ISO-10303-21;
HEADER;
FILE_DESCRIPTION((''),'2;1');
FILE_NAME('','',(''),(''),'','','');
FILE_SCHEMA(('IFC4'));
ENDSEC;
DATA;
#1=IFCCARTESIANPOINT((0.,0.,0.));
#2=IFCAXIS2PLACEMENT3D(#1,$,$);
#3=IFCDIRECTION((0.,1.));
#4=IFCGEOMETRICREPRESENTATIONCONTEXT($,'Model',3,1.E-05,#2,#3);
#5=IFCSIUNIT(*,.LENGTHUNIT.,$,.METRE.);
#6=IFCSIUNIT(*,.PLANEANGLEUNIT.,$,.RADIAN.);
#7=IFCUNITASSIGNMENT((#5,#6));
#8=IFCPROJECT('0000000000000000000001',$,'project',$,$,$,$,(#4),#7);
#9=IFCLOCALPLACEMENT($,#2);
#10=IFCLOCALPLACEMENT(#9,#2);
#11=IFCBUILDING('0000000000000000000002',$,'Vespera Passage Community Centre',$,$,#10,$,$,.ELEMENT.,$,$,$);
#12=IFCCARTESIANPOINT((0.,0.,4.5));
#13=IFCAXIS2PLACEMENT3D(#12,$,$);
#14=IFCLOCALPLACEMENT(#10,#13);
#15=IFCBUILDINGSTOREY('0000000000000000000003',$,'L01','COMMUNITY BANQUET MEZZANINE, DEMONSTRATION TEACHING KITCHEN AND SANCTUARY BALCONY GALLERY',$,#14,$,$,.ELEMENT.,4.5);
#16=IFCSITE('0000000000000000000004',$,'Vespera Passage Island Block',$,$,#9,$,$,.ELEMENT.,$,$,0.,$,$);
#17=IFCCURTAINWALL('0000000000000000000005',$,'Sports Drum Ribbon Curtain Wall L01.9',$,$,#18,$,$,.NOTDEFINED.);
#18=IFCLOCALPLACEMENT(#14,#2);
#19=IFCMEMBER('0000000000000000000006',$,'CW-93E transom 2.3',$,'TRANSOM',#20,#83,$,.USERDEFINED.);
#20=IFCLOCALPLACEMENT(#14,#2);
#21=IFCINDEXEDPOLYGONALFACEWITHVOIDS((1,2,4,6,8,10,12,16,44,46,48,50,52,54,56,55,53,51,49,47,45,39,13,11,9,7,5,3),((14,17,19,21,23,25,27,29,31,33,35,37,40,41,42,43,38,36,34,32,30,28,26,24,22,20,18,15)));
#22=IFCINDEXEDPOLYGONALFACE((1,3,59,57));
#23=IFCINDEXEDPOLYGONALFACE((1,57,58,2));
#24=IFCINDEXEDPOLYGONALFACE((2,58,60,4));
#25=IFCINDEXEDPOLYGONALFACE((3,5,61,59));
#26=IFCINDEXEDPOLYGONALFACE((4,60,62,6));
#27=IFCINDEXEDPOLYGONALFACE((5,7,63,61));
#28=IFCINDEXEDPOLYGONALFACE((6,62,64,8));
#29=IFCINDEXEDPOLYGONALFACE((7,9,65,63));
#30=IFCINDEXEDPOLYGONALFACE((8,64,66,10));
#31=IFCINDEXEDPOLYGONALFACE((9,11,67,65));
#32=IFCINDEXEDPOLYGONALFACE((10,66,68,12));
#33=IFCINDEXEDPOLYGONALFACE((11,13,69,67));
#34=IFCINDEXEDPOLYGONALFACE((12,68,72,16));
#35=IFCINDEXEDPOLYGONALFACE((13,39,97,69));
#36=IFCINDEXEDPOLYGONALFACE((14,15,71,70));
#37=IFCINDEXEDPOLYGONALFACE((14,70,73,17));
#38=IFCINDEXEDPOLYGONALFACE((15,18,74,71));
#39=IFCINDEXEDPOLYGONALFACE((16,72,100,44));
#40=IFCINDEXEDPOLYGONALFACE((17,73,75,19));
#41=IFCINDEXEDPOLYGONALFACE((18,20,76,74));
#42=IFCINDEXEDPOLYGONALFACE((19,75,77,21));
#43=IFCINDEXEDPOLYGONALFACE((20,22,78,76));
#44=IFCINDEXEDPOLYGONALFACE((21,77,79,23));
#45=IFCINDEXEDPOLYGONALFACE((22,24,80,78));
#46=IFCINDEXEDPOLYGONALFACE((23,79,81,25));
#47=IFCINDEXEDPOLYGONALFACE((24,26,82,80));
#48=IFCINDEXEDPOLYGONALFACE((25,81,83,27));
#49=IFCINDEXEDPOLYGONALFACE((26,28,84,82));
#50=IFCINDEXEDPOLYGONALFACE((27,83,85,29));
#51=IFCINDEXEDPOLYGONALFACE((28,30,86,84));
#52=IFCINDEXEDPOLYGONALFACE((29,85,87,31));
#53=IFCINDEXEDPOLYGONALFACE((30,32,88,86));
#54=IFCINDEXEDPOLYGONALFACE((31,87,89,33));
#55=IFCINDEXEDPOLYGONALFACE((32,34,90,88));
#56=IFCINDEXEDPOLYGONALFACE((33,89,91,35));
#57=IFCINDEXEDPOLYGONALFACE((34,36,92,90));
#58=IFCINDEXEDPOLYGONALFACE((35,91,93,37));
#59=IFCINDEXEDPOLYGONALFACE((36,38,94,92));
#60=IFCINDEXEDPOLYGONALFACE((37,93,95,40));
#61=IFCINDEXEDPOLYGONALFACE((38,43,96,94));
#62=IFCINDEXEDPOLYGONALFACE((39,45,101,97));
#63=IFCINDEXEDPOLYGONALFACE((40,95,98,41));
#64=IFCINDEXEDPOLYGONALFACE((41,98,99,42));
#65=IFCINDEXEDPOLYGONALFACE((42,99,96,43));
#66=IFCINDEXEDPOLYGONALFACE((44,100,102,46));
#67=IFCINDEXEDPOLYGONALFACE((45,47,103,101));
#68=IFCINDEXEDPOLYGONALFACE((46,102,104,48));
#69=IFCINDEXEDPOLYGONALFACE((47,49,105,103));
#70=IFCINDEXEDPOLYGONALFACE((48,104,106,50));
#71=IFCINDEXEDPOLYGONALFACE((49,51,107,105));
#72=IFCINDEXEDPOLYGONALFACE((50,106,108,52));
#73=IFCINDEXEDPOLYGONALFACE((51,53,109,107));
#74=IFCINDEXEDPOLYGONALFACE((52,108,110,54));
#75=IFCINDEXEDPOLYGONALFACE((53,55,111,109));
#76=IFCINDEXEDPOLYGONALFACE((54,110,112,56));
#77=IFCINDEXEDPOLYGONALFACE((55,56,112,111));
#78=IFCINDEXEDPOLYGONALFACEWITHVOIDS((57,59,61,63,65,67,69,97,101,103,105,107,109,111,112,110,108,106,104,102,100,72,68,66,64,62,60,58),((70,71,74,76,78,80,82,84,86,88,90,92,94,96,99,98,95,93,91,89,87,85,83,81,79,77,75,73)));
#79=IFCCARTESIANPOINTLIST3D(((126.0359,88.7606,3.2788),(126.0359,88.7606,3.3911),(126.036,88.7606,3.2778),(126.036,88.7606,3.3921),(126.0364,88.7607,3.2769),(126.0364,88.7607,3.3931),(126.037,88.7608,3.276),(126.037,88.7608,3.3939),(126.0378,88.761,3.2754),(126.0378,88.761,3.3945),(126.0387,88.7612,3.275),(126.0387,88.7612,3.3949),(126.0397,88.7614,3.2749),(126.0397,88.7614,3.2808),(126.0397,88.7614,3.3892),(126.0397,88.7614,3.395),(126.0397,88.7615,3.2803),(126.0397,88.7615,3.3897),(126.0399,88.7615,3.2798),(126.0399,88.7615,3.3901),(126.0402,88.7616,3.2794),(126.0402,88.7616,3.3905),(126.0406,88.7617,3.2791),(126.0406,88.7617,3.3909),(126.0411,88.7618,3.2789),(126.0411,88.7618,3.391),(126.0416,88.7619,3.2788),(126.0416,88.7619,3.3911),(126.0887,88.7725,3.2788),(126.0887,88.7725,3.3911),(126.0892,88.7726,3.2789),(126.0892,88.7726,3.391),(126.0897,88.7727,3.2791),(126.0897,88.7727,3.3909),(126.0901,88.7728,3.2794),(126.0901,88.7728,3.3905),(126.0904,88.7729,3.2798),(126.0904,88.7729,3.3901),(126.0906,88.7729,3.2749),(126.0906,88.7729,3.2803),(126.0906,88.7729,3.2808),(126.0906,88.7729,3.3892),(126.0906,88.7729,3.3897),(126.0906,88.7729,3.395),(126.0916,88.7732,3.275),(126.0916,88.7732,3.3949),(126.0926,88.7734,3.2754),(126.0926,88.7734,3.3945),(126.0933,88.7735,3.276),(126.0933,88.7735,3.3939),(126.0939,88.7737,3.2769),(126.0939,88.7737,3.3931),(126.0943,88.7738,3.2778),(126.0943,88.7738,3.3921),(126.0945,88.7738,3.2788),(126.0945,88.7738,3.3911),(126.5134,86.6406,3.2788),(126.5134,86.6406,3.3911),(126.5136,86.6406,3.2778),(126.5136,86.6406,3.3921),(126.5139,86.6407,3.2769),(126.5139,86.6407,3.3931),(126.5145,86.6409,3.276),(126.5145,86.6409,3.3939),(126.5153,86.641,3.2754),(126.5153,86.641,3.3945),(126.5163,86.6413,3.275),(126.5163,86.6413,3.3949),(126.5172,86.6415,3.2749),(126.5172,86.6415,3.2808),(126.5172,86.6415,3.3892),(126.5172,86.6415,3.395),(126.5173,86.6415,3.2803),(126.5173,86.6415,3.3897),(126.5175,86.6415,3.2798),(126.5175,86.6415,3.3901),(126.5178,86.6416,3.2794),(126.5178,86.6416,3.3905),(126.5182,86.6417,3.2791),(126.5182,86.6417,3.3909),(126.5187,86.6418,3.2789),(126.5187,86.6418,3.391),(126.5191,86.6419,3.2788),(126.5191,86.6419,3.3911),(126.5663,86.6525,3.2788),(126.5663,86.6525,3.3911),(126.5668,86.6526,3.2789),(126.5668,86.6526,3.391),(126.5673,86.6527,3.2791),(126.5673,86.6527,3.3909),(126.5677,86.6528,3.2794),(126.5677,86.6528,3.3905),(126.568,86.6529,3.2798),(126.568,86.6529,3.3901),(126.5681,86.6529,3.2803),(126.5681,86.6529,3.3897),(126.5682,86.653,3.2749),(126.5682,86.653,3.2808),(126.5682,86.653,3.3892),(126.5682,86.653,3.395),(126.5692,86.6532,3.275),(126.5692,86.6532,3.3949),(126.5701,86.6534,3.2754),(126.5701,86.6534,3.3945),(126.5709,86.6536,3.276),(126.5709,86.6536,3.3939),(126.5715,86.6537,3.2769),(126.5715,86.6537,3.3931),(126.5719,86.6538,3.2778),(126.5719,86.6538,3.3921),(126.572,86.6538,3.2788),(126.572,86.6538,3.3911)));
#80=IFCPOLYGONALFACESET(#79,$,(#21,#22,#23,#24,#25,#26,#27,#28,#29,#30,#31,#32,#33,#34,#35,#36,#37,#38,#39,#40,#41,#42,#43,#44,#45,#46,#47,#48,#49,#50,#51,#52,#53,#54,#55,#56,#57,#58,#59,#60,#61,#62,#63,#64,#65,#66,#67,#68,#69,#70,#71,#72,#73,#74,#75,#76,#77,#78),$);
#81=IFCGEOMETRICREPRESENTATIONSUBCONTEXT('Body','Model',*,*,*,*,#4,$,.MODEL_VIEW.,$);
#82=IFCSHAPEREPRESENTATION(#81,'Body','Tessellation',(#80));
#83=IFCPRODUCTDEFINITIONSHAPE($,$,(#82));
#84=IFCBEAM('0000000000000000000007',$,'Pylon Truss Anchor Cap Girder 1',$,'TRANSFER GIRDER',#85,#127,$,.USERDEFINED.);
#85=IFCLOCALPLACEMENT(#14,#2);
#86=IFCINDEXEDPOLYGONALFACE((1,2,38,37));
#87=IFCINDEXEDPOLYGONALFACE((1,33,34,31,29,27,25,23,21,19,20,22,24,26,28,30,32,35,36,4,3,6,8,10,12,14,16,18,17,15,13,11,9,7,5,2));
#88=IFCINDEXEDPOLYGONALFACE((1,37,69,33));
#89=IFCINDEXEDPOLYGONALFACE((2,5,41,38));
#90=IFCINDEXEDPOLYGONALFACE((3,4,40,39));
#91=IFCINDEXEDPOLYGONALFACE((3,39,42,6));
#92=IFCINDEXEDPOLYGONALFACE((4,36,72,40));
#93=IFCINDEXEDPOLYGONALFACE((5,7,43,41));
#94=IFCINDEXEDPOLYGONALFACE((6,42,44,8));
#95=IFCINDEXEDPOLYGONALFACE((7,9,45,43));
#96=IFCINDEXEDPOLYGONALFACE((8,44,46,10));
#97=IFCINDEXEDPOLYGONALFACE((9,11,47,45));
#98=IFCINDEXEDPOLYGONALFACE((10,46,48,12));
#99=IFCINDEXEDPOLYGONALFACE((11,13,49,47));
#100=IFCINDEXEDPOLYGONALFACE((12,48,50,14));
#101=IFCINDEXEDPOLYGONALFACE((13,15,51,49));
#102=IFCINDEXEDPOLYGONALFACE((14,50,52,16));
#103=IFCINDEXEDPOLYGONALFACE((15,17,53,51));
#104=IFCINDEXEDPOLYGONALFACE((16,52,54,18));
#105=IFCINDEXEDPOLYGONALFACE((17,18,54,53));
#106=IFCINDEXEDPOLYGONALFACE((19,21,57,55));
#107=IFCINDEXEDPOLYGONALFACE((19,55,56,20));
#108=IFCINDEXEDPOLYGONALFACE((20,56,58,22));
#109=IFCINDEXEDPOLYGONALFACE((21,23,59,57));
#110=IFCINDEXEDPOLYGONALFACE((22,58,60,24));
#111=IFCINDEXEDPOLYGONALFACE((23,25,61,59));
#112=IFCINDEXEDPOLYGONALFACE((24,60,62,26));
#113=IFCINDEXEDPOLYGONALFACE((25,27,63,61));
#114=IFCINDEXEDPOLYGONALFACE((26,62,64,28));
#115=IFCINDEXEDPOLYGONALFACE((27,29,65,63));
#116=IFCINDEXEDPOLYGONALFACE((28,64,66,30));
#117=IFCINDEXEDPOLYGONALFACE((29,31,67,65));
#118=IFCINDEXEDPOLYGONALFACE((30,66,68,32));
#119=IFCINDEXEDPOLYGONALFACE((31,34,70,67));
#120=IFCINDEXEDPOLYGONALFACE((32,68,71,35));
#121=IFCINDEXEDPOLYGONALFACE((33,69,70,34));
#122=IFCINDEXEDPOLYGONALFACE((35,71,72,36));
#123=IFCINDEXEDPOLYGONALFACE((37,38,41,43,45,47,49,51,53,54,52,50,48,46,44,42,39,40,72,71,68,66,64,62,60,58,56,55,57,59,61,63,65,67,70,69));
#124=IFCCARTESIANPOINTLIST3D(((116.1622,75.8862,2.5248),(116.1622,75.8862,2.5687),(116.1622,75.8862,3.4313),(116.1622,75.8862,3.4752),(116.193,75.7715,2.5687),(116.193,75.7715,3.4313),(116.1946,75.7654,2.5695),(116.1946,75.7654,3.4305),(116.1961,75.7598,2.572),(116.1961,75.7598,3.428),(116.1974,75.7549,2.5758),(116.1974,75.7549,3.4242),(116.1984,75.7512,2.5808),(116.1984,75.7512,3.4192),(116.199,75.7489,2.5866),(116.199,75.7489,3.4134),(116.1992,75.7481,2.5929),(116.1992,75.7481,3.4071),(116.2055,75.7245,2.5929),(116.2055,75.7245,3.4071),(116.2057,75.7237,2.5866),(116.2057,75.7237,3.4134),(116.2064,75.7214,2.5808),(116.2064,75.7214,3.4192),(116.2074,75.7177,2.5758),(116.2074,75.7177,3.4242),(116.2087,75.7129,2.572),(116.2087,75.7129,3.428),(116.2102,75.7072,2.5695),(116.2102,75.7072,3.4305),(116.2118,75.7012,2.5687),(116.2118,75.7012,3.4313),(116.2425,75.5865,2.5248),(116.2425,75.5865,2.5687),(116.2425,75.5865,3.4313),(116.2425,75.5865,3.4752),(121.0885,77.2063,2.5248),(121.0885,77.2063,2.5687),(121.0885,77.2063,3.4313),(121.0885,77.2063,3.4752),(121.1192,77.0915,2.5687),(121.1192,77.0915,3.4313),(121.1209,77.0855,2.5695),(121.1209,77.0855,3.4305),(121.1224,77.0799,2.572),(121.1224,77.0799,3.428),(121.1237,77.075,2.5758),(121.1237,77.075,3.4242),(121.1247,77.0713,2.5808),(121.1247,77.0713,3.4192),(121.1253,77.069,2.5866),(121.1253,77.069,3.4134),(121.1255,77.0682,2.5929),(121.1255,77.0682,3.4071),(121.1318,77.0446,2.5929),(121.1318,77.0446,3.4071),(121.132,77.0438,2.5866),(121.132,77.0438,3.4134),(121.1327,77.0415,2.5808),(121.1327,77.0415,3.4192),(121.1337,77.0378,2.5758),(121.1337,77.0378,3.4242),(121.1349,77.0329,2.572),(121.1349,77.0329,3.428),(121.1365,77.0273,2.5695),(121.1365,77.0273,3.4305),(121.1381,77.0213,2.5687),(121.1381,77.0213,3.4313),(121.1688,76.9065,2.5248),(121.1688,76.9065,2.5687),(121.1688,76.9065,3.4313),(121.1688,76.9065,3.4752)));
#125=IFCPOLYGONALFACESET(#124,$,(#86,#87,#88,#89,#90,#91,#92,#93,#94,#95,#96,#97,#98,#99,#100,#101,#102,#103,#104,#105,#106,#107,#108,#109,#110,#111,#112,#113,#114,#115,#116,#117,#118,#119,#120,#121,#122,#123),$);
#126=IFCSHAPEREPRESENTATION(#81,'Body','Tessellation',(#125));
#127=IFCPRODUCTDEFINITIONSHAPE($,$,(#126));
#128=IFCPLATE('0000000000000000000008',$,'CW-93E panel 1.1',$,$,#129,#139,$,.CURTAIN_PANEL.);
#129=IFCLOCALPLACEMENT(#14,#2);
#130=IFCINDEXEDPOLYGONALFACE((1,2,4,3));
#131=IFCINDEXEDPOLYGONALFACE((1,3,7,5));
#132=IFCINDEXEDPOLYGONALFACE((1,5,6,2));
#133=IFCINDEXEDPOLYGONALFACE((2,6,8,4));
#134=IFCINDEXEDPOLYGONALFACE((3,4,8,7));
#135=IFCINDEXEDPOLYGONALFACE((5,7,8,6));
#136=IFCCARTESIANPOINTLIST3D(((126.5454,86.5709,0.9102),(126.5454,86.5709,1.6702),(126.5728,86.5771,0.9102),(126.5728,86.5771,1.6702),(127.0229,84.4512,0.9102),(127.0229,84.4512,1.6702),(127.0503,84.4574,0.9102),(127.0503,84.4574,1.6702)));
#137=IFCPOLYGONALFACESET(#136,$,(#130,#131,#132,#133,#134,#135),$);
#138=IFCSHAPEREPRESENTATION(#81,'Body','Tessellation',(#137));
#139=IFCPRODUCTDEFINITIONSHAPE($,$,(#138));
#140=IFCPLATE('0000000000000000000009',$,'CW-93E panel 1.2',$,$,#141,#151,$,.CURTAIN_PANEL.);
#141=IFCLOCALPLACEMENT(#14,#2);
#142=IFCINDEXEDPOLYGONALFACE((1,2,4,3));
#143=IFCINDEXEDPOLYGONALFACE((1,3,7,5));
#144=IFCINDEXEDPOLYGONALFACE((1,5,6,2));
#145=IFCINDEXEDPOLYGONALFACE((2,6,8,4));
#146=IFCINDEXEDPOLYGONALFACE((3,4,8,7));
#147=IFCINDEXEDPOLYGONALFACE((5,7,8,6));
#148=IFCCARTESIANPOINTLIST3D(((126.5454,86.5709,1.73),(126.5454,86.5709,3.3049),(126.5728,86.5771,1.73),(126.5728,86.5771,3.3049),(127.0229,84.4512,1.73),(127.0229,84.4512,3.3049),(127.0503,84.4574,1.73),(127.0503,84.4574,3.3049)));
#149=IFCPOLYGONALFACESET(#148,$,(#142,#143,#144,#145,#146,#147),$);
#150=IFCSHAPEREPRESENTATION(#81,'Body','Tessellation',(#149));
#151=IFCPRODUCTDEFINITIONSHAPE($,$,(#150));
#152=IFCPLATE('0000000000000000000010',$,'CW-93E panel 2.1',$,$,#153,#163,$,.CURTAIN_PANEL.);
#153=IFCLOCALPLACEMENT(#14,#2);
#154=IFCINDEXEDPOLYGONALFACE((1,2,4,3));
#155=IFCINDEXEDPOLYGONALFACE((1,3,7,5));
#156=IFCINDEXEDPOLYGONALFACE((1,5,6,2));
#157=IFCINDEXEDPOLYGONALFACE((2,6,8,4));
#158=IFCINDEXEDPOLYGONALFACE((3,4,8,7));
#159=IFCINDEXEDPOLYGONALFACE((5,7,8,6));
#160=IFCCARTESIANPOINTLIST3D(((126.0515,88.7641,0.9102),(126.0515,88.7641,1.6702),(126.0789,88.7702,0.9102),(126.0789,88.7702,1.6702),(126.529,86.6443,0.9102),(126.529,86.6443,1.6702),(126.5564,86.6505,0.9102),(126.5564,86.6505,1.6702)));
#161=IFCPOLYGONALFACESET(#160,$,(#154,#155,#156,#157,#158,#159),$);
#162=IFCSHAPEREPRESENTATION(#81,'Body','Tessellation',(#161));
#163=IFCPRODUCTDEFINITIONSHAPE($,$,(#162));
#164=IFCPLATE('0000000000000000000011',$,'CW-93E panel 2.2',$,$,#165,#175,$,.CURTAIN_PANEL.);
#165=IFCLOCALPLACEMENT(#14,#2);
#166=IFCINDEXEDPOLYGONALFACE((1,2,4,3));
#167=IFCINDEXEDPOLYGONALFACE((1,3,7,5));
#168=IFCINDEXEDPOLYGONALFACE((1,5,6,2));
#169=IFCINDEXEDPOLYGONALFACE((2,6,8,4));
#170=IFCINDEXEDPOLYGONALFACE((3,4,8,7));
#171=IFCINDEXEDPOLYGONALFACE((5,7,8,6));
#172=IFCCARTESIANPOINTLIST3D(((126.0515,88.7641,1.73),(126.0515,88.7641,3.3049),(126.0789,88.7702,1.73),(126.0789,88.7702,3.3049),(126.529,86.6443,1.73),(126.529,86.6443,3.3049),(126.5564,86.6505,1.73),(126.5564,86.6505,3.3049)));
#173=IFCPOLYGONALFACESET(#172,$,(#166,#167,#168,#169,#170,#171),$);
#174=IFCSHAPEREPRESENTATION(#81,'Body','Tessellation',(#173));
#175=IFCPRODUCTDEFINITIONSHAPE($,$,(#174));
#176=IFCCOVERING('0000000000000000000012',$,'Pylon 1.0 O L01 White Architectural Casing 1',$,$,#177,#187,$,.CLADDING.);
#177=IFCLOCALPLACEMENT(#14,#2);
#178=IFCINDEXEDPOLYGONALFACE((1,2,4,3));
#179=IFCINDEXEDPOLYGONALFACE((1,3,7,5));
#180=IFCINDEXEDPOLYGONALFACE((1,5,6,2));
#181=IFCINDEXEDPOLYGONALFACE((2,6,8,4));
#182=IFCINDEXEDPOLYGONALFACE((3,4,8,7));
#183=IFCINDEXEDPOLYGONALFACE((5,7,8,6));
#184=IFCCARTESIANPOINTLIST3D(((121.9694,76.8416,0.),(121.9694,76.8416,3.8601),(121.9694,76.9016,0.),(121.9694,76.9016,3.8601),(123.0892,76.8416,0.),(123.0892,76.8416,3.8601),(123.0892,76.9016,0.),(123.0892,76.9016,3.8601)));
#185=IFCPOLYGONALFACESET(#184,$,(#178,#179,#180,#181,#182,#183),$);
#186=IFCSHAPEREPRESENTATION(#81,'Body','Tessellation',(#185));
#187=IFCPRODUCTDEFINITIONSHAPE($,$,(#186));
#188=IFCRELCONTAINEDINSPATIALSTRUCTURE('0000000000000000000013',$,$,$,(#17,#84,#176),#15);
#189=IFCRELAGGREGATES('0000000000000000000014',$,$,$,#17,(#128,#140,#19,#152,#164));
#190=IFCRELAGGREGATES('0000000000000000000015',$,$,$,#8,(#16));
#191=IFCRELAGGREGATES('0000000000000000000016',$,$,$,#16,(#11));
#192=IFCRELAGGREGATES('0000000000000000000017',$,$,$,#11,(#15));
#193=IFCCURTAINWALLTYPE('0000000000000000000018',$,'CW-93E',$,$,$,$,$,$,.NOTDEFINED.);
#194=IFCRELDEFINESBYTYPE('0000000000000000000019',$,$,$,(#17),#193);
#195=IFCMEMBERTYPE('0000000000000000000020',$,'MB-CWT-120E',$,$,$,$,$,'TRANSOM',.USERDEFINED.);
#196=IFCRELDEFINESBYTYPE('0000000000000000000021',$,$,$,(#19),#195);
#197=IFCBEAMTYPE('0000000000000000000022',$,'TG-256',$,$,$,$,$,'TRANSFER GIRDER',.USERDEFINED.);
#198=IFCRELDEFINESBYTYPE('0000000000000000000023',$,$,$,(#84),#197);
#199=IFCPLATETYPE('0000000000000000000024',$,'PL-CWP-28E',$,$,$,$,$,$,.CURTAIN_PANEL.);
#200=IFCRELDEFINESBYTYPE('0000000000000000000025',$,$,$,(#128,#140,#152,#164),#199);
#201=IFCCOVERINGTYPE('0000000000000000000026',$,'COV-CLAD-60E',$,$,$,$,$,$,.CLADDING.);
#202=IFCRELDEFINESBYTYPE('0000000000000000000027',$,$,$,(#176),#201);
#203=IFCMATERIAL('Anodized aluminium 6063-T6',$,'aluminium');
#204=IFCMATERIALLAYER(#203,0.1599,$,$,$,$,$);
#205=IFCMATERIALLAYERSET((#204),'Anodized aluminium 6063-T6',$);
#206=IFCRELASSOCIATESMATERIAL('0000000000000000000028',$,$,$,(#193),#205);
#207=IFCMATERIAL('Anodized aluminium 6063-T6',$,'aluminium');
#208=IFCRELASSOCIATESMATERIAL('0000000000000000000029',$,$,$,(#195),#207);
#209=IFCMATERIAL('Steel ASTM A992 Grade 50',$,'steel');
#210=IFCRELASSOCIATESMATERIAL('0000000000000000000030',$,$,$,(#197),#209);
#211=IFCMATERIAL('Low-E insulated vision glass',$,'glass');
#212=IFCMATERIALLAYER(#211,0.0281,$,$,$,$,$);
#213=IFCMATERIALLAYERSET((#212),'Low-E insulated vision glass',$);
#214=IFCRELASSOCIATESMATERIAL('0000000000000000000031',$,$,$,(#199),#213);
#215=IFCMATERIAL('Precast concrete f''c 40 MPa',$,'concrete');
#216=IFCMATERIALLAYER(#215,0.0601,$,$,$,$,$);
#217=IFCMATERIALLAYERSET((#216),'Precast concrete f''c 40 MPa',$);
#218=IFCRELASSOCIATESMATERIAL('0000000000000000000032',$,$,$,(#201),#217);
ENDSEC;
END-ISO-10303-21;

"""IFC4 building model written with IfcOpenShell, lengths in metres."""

from ifc_helpers import new_model, si_unit, direction, frame, frame_2d, origin, origin_2d, place, context, subcontext, project, spatial, rectangle, hollow_rectangle, i_section, extrude, material, layer, layer_set, material_profile, profile_set, type_object, element, aggregate, save


model = new_model("IFC4")

# Units and contexts
model_context = context("Model", 3, precision=1e-05, world=origin(), true_north=direction((0.0, 1.0)))
body_context = subcontext(model_context, "Body", "Model", "MODEL_VIEW")
ifc_project = project(units=[si_unit("LENGTHUNIT", "METRE"), si_unit("PLANEANGLEUNIT", "RADIAN")], contexts=[model_context])

# Site, building, storey
site_placement = place(None, origin())
site = spatial("IfcSite", under=ifc_project, at=site_placement, Name="Vespera Passage Island Block", CompositionType="ELEMENT", RefElevation=0.0)
building_placement = place(site_placement, origin())
building = spatial("IfcBuilding", under=site, at=building_placement, Name="Vespera Passage Community Centre", CompositionType="ELEMENT")
storey_placement = place(building_placement, frame((0.0, 0.0, 4.5)))
storey = spatial("IfcBuildingStorey", under=building, at=storey_placement, Name="L01", Description="COMMUNITY BANQUET MEZZANINE, DEMONSTRATION TEACHING KITCHEN AND SANCTUARY BALCONY GALLERY", CompositionType="ELEMENT", Elevation=4.5)

# Curtain wall, member
ifc_material_1 = material(Name="Anodized aluminium 6063-T6", Category="aluminium")
ifc_layer_1 = layer(ifc_material_1, 0.1599)
ifc_layer_set_1 = layer_set([ifc_layer_1], Name="Anodized aluminium 6063-T6")
curtain_wall_type = type_object("IfcCurtainWallType", Name="CW-93E", PredefinedType="NOTDEFINED", material=ifc_layer_set_1)
curtain_wall_placement = place(storey_placement, origin())
curtain_wall = element("IfcCurtainWall", 1, at=curtain_wall_placement, inside=storey, type_object=curtain_wall_type, Name="Sports Drum Ribbon Curtain Wall L01.9", PredefinedType="NOTDEFINED")
ifc_material_2 = material(Name="Anodized aluminium 6063-T6", Category="aluminium")
ifc_material_profile_1 = material_profile(ifc_material_2, hollow_rectangle(XDim=0.0601, YDim=0.1201, WallThickness=0.0039, InnerFilletRadius=0.002, OuterFilletRadius=0.0039, at=origin_2d()), Name="ALU120X60X4")
ifc_profile_set_1 = profile_set([ifc_material_profile_1], Name="Anodized aluminium 6063-T6")
member_type_1 = type_object("IfcMemberType", Name="MB-CWT-120E", ElementType="TRANSOM", PredefinedType="USERDEFINED", material=ifc_profile_set_1)
member_1_placement = place(storey_placement, frame((126.5427, 86.6472, 3.335), z_axis=(-0.219761, 0.975554, 0.0), x_axis=(-0.975554, -0.219761, 0.0)))
member_1 = element("IfcMember", 2, at=member_1_placement, type_object=member_type_1, Name="CW-93E transom 2.3", ObjectType="TRANSOM", PredefinedType="USERDEFINED", context=body_context, shape_type="SweptSolid", body=[
    extrude(hollow_rectangle(XDim=0.0601, YDim=0.1201, WallThickness=0.0039, InnerFilletRadius=0.002, OuterFilletRadius=0.0039, at=origin_2d()), origin(), (0.0, 0.0, 1.0), 2.1731),
])

# Beam
ifc_material_3 = material(Name="Steel ASTM A992 Grade 50", Category="steel")
ifc_material_profile_2 = material_profile(ifc_material_3, i_section(OverallWidth=0.3103, OverallDepth=0.9504, WebThickness=0.0244, FlangeThickness=0.0439, FilletRadius=0.0242, at=origin_2d()), Name="W36X256")
ifc_profile_set_2 = profile_set([ifc_material_profile_2], Name="Steel ASTM A992 Grade 50")
beam_type_1 = type_object("IfcBeamType", Name="TG-256", ElementType="TRANSFER GIRDER", PredefinedType="USERDEFINED", material=ifc_profile_set_2)
beam_1_placement = place(storey_placement, frame((121.1287, 77.0564, 3.0), z_axis=(-0.965922, -0.258833, 0.0), x_axis=(0.258833, -0.965922, 0.0)))
element("IfcBeam", 3, at=beam_1_placement, inside=storey, type_object=beam_type_1, Name="Pylon Truss Anchor Cap Girder 1", ObjectType="TRANSFER GIRDER", PredefinedType="USERDEFINED", context=body_context, shape_type="SweptSolid", body=[
    extrude(i_section(OverallWidth=0.3103, OverallDepth=0.9504, WebThickness=0.0244, FlangeThickness=0.0439, FilletRadius=0.0242, at=origin_2d()), origin(), (0.0, 0.0, 1.0), 5.1001),
])

# Plates
ifc_material_4 = material(Name="Low-E insulated vision glass", Category="glass")
ifc_layer_2 = layer(ifc_material_4, 0.0281)
ifc_layer_set_2 = layer_set([ifc_layer_2], Name="Low-E insulated vision glass")
plate_type = type_object("IfcPlateType", Name="PL-CWP-28E", PredefinedType="CURTAIN_PANEL", material=ifc_layer_set_2)
plate_1_placement = place(storey_placement, frame((126.7979, 85.5142, 0.9102), z_axis=(0.0, 0.0, 1.0), x_axis=(-0.219763, 0.975553, 0.0)))
plate_1 = element("IfcPlate", 4, at=plate_1_placement, type_object=plate_type, Name="CW-93E panel 1.1", PredefinedType="CURTAIN_PANEL", context=body_context, shape_type="SweptSolid", body=[
    extrude(rectangle(XDim=2.1729, YDim=0.0281, at=origin_2d()), origin(), (0.0, 0.0, 1.0), 0.76),
])
plate_2_placement = place(storey_placement, frame((126.7979, 85.5142, 1.73), z_axis=(0.0, 0.0, 1.0), x_axis=(-0.219763, 0.975553, 0.0)))
plate_2 = element("IfcPlate", 5, at=plate_2_placement, type_object=plate_type, Name="CW-93E panel 1.2", PredefinedType="CURTAIN_PANEL", context=body_context, shape_type="SweptSolid", body=[
    extrude(rectangle(XDim=2.1729, YDim=0.0281, at=origin_2d()), origin(), (0.0, 0.0, 1.0), 1.575),
])
plate_3_placement = place(storey_placement, frame((126.304, 87.7073, 0.9102), z_axis=(0.0, 0.0, 1.0), x_axis=(-0.219763, 0.975553, 0.0)))
plate_3 = element("IfcPlate", 6, at=plate_3_placement, type_object=plate_type, Name="CW-93E panel 2.1", PredefinedType="CURTAIN_PANEL", context=body_context, shape_type="SweptSolid", body=[
    extrude(rectangle(XDim=2.1729, YDim=0.0281, at=origin_2d()), origin(), (0.0, 0.0, 1.0), 0.76),
])
plate_4_placement = place(storey_placement, frame((126.304, 87.7073, 1.73), z_axis=(0.0, 0.0, 1.0), x_axis=(-0.219763, 0.975553, 0.0)))
plate_4 = element("IfcPlate", 7, at=plate_4_placement, type_object=plate_type, Name="CW-93E panel 2.2", PredefinedType="CURTAIN_PANEL", context=body_context, shape_type="SweptSolid", body=[
    extrude(rectangle(XDim=2.1729, YDim=0.0281, at=origin_2d()), origin(), (0.0, 0.0, 1.0), 1.575),
])
aggregate(curtain_wall, [plate_1, plate_2, member_1, plate_3, plate_4])

# Covering
ifc_material_5 = material(Name="Precast concrete f'c 40 MPa", Category="concrete")
ifc_layer_3 = layer(ifc_material_5, 0.0601)
ifc_layer_set_3 = layer_set([ifc_layer_3], Name="Precast concrete f'c 40 MPa")
covering_type = type_object("IfcCoveringType", Name="COV-CLAD-60E", PredefinedType="CLADDING", material=ifc_layer_set_3)
covering_1_placement = place(storey_placement, frame((121.9692, 76.8716, 0.0), z_axis=(0.0, 0.0, 1.0), x_axis=(1.0, 0.0, 0.0)))
element("IfcCovering", 8, at=covering_1_placement, inside=storey, type_object=covering_type, Name="Pylon 1.0 O L01 White Architectural Casing 1", PredefinedType="CLADDING", context=body_context, shape_type="SweptSolid", body=[
    extrude(rectangle(XDim=1.1199, YDim=0.0601, at=frame_2d((0.5601, 0.0))), origin(), (0.0, 0.0, 1.0), 3.8601),
])

save(model, "model.ifc")
